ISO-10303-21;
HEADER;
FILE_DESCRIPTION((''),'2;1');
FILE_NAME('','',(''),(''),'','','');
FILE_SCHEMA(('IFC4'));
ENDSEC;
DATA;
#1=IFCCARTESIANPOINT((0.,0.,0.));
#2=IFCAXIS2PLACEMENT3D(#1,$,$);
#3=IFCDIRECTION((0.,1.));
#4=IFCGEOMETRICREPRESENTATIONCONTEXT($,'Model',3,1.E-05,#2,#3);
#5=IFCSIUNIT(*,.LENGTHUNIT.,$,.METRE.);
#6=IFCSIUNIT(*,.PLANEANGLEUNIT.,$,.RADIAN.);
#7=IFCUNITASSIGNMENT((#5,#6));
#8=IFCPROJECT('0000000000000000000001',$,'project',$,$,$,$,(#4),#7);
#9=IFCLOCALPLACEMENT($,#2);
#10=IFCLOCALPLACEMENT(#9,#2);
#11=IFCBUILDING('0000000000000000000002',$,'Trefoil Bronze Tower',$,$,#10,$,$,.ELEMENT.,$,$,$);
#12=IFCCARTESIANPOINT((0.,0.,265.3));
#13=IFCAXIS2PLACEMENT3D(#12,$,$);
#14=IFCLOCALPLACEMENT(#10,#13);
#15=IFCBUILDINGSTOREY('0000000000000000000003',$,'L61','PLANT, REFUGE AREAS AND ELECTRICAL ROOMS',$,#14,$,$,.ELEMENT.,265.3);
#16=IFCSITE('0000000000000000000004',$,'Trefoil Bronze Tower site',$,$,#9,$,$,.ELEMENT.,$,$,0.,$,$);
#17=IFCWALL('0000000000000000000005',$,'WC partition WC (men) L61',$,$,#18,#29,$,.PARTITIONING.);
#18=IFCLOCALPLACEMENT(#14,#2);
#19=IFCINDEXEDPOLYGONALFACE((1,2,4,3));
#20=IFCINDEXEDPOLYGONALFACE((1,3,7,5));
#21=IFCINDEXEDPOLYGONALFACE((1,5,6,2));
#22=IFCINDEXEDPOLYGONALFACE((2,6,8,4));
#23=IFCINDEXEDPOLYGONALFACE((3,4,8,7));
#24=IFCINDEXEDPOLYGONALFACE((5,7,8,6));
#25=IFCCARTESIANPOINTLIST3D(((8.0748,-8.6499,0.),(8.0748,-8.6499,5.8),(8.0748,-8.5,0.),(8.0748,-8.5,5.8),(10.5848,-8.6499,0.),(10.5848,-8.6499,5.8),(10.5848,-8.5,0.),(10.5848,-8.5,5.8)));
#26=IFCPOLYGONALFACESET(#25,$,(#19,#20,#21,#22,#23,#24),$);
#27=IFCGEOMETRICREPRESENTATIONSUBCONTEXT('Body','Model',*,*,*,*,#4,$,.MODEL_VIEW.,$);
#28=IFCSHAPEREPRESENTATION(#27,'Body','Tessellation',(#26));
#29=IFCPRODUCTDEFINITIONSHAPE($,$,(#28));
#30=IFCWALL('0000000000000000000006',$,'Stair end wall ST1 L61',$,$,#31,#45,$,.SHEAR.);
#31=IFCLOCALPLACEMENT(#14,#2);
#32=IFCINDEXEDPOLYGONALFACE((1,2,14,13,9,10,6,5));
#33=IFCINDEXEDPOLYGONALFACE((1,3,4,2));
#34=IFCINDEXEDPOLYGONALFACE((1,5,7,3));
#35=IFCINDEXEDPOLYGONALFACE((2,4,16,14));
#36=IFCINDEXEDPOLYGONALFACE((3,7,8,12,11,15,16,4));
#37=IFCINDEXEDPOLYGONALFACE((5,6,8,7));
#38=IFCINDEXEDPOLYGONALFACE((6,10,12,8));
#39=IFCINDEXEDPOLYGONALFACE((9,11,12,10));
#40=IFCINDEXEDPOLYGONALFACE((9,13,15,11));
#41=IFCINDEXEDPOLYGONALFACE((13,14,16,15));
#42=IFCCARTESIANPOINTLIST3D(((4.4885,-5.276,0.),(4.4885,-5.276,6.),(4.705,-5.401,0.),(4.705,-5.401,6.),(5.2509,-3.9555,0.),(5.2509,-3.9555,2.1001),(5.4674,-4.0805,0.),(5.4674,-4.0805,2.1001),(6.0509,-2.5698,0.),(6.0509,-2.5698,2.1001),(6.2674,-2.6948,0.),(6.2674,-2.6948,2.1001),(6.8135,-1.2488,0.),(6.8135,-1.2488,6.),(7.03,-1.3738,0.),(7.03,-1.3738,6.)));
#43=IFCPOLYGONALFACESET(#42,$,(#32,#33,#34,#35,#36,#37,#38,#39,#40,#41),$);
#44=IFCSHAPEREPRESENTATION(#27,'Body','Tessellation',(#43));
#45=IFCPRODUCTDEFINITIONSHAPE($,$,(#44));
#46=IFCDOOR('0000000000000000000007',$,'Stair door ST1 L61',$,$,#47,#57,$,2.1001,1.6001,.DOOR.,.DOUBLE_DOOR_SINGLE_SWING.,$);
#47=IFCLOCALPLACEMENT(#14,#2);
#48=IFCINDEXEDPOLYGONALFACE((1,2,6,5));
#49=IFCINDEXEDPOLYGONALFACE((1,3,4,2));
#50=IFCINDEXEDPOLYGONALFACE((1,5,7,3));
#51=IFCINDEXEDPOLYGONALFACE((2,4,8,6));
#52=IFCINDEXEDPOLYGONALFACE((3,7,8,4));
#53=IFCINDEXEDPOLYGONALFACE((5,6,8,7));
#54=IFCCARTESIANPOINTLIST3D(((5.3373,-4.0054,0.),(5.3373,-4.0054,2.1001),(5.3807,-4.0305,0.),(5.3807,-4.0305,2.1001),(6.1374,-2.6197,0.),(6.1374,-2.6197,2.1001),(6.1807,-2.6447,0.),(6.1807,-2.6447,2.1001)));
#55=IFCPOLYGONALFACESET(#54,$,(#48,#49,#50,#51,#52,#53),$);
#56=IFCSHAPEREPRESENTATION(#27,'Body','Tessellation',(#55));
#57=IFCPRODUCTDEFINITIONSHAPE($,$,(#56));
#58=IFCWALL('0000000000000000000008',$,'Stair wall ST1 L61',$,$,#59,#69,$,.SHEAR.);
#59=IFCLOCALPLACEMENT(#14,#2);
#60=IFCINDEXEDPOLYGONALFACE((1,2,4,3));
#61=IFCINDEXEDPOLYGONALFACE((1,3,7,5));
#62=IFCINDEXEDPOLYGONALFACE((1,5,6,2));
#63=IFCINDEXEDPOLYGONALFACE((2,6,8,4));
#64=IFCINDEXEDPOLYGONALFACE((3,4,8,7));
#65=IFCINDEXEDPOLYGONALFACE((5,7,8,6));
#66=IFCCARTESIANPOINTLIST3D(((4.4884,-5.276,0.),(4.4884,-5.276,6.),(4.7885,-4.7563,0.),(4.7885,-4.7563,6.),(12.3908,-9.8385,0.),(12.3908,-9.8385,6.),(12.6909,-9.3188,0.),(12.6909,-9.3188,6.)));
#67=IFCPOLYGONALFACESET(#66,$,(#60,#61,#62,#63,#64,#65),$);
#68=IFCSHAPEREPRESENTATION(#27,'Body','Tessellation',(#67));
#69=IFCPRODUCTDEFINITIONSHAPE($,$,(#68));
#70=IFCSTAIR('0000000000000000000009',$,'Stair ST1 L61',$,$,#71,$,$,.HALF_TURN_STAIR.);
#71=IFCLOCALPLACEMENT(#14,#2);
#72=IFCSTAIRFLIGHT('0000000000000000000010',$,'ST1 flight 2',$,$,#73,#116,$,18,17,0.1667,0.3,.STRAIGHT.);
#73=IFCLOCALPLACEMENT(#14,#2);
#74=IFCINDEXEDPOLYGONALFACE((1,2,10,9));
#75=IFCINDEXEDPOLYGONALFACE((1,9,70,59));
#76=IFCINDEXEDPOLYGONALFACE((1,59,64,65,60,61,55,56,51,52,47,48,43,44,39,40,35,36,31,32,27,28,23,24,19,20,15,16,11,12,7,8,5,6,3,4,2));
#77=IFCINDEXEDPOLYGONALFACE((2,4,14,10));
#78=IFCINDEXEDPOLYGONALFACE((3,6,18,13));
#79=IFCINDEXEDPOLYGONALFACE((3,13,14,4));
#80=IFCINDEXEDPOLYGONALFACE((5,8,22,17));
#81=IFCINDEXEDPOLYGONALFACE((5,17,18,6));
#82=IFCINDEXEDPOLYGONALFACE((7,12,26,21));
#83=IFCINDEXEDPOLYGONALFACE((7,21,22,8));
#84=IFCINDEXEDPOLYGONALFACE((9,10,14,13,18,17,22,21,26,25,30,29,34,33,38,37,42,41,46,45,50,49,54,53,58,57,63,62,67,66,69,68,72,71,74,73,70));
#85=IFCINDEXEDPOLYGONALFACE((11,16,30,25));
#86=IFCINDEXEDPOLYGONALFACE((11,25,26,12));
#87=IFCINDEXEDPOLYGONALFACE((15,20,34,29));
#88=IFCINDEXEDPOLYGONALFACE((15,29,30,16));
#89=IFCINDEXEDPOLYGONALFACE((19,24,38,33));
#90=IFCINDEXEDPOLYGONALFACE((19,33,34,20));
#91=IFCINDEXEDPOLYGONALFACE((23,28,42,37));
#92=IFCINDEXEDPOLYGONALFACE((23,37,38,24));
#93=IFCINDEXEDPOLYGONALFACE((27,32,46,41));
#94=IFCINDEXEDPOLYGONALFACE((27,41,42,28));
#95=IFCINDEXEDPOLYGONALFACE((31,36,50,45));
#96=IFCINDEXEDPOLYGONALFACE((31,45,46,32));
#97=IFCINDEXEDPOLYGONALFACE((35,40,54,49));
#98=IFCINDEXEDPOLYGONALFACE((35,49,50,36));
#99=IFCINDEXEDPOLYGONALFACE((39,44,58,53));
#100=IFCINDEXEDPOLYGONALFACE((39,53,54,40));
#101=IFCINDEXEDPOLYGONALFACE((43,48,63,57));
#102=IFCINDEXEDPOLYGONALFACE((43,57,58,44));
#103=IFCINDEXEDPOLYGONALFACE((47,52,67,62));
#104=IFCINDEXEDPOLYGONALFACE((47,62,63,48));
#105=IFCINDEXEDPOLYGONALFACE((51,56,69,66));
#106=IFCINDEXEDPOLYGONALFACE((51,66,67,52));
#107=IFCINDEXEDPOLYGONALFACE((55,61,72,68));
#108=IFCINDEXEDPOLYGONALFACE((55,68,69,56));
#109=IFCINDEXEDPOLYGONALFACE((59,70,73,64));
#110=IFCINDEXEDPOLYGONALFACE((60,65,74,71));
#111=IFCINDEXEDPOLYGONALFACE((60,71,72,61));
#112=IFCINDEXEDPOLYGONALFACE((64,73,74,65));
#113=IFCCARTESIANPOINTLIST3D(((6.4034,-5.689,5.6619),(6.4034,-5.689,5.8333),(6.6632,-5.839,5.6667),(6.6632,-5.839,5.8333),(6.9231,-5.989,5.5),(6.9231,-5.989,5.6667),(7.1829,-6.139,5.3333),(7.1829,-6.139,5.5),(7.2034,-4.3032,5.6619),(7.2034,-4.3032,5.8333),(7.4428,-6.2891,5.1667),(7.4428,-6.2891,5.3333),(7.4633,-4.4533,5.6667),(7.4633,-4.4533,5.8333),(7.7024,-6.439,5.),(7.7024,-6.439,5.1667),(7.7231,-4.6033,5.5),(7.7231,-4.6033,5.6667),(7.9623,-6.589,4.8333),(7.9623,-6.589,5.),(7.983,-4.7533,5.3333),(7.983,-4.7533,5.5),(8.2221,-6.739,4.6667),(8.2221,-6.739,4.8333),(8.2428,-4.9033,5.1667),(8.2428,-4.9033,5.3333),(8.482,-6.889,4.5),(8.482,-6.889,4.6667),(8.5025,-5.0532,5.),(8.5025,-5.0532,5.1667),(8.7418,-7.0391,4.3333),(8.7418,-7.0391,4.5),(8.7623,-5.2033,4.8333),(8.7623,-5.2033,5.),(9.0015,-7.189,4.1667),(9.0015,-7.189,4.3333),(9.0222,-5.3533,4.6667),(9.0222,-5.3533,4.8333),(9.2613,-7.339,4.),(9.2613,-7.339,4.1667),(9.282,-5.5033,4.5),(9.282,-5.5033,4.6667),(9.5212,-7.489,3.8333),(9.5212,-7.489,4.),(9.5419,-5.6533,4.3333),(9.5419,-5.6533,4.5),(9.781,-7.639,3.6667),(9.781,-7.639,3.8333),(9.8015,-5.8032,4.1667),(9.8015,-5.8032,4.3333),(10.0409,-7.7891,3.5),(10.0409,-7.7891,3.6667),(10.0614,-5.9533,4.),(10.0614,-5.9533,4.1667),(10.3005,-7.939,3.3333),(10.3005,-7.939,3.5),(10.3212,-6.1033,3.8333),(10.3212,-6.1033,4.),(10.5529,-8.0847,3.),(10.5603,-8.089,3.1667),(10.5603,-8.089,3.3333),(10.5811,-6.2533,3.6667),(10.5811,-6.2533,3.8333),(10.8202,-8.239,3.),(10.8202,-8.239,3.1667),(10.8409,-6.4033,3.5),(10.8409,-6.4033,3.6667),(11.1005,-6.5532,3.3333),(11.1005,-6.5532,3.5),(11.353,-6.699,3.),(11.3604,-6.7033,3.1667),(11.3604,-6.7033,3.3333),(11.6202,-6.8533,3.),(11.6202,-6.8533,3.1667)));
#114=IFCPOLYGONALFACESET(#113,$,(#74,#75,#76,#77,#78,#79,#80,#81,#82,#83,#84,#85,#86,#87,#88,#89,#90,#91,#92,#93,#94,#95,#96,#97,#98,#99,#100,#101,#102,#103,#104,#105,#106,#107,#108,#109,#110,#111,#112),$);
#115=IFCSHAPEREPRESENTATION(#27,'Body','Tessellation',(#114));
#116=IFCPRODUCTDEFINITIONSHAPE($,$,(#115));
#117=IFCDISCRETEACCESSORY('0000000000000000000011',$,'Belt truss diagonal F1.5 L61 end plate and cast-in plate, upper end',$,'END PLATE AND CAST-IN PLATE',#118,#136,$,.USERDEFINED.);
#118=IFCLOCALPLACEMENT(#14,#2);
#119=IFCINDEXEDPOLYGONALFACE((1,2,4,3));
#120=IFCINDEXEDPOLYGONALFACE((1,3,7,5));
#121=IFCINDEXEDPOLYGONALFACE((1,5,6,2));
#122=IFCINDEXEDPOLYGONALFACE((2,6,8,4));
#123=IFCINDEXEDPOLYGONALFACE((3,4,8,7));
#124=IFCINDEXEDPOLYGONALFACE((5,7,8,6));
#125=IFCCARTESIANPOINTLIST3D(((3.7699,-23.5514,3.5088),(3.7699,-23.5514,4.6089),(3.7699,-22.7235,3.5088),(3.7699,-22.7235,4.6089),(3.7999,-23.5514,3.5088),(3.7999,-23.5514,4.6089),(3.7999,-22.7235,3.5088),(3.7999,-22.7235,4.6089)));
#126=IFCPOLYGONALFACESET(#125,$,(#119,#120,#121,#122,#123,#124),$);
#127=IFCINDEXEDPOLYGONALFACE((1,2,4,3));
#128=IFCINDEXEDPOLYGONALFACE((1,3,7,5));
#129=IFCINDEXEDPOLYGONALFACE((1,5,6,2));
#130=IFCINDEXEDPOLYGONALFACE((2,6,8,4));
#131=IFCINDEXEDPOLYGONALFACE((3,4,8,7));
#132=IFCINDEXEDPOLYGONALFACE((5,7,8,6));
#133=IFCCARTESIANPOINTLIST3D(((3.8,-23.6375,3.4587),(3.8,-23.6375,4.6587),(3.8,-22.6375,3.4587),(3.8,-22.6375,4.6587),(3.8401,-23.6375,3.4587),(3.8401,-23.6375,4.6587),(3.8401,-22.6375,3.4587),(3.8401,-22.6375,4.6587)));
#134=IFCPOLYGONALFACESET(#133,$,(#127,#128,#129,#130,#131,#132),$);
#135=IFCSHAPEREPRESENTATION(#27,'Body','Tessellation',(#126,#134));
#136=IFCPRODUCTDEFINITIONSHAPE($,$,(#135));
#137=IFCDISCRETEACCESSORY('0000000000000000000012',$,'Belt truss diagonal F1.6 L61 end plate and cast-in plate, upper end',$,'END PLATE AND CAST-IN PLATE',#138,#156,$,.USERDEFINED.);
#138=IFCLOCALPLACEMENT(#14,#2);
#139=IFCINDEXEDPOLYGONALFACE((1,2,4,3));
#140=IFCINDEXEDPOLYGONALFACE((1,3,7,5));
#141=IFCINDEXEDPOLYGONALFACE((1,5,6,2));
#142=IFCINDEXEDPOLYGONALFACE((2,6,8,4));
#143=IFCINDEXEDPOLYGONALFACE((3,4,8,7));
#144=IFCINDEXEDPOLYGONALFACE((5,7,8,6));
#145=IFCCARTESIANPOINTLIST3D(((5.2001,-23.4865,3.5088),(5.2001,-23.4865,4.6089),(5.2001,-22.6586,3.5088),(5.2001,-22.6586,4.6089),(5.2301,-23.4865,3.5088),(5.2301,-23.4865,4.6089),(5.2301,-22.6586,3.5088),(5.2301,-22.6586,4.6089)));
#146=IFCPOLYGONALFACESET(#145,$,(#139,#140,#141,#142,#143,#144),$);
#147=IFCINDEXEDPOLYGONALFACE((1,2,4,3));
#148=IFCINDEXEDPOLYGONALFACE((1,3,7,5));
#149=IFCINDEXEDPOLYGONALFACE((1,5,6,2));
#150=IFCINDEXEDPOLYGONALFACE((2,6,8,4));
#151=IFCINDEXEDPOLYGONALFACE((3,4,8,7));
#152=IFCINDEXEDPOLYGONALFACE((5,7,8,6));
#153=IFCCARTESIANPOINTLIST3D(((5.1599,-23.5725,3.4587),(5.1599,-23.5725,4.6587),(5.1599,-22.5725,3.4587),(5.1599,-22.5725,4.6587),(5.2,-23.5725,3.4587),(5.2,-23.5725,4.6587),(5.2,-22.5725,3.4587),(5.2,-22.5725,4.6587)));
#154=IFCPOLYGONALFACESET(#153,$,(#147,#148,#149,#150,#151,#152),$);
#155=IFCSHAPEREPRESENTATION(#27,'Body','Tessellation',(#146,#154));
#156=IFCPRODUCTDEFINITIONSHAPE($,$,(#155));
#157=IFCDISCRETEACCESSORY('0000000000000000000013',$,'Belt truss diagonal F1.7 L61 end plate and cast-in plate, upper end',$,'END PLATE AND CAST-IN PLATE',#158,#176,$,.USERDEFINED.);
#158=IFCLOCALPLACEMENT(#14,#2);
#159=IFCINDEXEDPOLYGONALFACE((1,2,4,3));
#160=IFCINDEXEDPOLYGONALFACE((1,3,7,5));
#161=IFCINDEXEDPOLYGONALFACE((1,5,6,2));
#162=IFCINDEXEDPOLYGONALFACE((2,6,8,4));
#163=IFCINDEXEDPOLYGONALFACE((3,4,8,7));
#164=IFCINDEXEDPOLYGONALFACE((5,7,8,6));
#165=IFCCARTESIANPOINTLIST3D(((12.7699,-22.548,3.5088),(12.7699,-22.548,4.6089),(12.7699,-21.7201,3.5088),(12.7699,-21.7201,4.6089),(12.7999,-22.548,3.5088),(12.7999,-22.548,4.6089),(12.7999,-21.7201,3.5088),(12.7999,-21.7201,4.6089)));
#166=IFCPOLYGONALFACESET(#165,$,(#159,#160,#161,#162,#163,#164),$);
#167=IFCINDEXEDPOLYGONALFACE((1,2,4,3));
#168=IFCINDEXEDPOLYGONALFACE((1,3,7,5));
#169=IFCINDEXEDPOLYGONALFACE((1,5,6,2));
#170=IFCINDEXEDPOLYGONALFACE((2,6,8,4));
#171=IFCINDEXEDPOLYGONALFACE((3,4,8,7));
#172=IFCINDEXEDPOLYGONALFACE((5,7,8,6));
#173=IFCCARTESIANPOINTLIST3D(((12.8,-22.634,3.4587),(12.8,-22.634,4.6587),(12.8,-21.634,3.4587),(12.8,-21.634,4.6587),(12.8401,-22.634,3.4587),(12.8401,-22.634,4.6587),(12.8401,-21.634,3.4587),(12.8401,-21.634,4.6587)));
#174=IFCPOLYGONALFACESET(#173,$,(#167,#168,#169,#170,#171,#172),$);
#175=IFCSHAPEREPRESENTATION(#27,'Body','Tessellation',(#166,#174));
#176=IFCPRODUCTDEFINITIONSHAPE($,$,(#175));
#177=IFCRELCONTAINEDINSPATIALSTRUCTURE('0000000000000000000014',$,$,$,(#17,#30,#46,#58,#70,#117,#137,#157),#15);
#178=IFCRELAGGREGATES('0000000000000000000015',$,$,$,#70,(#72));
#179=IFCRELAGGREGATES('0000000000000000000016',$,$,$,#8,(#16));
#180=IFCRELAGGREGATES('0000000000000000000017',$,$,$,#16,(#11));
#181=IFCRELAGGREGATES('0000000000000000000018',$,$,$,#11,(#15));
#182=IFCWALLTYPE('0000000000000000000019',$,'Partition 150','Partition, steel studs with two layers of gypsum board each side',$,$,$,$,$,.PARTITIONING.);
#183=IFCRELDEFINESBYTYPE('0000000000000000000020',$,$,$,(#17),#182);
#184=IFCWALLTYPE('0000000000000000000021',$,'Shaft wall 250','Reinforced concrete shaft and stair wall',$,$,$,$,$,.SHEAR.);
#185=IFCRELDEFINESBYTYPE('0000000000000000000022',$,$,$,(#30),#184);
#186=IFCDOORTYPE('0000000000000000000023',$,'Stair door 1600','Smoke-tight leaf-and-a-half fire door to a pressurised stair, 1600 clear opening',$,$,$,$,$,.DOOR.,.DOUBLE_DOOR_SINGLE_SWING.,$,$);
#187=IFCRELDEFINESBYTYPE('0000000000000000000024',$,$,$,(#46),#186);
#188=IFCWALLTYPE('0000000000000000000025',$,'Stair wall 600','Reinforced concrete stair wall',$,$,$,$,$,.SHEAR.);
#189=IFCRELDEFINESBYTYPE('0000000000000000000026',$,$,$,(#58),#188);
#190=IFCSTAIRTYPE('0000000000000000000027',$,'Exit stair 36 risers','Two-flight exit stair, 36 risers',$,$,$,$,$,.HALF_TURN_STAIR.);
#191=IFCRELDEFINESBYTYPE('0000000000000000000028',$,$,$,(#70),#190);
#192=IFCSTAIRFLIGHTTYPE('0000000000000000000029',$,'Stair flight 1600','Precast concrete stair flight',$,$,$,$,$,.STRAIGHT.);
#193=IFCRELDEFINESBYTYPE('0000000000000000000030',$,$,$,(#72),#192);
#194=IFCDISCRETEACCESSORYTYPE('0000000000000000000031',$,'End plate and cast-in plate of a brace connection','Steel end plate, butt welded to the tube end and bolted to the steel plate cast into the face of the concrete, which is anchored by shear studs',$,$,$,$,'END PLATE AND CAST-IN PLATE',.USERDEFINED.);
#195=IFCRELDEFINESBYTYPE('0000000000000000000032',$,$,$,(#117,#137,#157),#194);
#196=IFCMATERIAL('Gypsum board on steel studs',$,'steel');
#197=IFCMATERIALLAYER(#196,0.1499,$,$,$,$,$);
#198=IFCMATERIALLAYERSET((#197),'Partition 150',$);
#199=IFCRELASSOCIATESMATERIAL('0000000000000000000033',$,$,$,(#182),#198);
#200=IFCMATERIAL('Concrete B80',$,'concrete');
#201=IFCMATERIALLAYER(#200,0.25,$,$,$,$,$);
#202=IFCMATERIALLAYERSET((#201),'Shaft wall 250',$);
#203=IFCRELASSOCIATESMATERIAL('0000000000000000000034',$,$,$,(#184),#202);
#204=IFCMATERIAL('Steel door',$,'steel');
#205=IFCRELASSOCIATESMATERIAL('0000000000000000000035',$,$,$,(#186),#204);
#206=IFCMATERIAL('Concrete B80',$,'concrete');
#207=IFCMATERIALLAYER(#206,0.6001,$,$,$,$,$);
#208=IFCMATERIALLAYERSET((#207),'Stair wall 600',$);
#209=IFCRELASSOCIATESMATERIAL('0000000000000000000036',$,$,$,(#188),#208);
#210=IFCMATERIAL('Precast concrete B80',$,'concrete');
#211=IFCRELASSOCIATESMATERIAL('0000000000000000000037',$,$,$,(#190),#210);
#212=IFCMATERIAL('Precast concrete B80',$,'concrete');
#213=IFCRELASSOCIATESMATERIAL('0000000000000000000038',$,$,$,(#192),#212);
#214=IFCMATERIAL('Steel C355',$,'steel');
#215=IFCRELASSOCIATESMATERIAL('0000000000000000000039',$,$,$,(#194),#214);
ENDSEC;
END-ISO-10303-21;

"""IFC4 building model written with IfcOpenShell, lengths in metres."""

from ifc_helpers import new_model, si_unit, direction, frame, frame_2d, origin, origin_2d, place, context, subcontext, project, spatial, polyline, rectangle, outline, extrude, material, layer, layer_set, type_object, element, fill, aggregate, save


model = new_model("IFC4")

# Units and contexts
model_context = context("Model", 3, precision=1e-05, world=origin(), true_north=direction((0.0, 1.0)))
body_context = subcontext(model_context, "Body", "Model", "MODEL_VIEW")
ifc_project = project(units=[si_unit("LENGTHUNIT", "METRE"), si_unit("PLANEANGLEUNIT", "RADIAN")], contexts=[model_context])

# Site, building, storey
site_placement = place(None, origin())
site = spatial("IfcSite", under=ifc_project, at=site_placement, Name="Trefoil Bronze Tower site", CompositionType="ELEMENT", RefElevation=0.0)
building_placement = place(site_placement, origin())
building = spatial("IfcBuilding", under=site, at=building_placement, Name="Trefoil Bronze Tower", CompositionType="ELEMENT")
storey_placement = place(building_placement, frame((0.0, 0.0, 265.3)))
storey = spatial("IfcBuildingStorey", under=building, at=storey_placement, Name="L61", Description="PLANT, REFUGE AREAS AND ELECTRICAL ROOMS", CompositionType="ELEMENT", Elevation=265.3)

# Shared definitions
ifc_material_1 = material(Name="Gypsum board on steel studs", Category="steel")
ifc_layer_1 = layer(ifc_material_1, 0.1499)
ifc_layer_set_1 = layer_set([ifc_layer_1], Name="Partition 150")
wall_type_1 = type_object("IfcWallType", Name="Partition 150", Description="Partition, steel studs with two layers of gypsum board each side", PredefinedType="PARTITIONING", material=ifc_layer_set_1)

# Wall
wall_1_placement = place(storey_placement, frame((8.075, -8.575, 0.0), z_axis=(0.0, 0.0, 1.0), x_axis=(1.0, 0.0, 0.0)))
element("IfcWall", 1, at=wall_1_placement, inside=storey, type_object=wall_type_1, Name="WC partition WC (men) L61", PredefinedType="PARTITIONING", context=body_context, shape_type="SweptSolid", body=[
    extrude(rectangle(XDim=2.51, YDim=0.1499, at=frame_2d((1.2549, 0.0))), origin(), (0.0, 0.0, 1.0), 5.8),
])

# Wall, opening, door
ifc_material_2 = material(Name="Concrete B80", Category="concrete")
ifc_layer_2 = layer(ifc_material_2, 0.25)
ifc_layer_set_2 = layer_set([ifc_layer_2], Name="Shaft wall 250")
wall_type_2 = type_object("IfcWallType", Name="Shaft wall 250", Description="Reinforced concrete shaft and stair wall", PredefinedType="SHEAR", material=ifc_layer_set_2)
wall_2_placement = place(storey_placement, frame((4.5967, -5.3386, 0.0), z_axis=(0.0, 0.0, 1.0), x_axis=(0.499985, 0.866034, 0.0)))
wall_2 = element("IfcWall", 2, at=wall_2_placement, inside=storey, type_object=wall_type_2, Name="Stair end wall ST1 L61", PredefinedType="SHEAR", context=body_context, shape_type="SweptSolid", body=[
    extrude(rectangle(XDim=4.6501, YDim=0.25, at=frame_2d((2.3252, 0.0))), origin(), (0.0, 0.0, 1.0), 6.0),
])
opening_1_placement = place(wall_2_placement, frame((1.5249, 0.0, 0.0)))
opening_1 = element("IfcOpeningElement", 3, at=opening_1_placement, cuts=wall_2, PredefinedType="OPENING", context=body_context, shape_type="SweptSolid", body=[
    extrude(rectangle(XDim=1.6001, YDim=2.1001, at=frame_2d((0.8, 1.05))), frame((0.0, 0.135, 0.0), z_axis=(0.0, -1.0, 0.0), x_axis=(1.0, 0.0, 0.0)), (0.0, 0.0, 1.0), 0.27),
])
ifc_material_3 = material(Name="Steel door", Category="steel")
door_type_1 = type_object("IfcDoorType", Name="Stair door 1600", Description="Smoke-tight leaf-and-a-half fire door to a pressurised stair, 1600 clear opening", OperationType="DOUBLE_DOOR_SINGLE_SWING", PredefinedType="DOOR", material=ifc_material_3)
door_1_placement = place(opening_1_placement, frame((1.6001, 0.0, 0.0), z_axis=(0.0, 0.0, 1.0), x_axis=(-1.0, 0.0, 0.0)))
door_1 = element("IfcDoor", 4, at=door_1_placement, inside=storey, type_object=door_type_1, Name="Stair door ST1 L61", OperationType="DOUBLE_DOOR_SINGLE_SWING", OverallHeight=2.1001, OverallWidth=1.6001, PredefinedType="DOOR", context=body_context, shape_type="SweptSolid", body=[
    extrude(rectangle(XDim=1.6001, YDim=2.1001, at=frame_2d((0.8, 1.05))), frame((0.0, 0.0249, 0.0), z_axis=(0.0, -1.0, 0.0), x_axis=(1.0, 0.0, 0.0)), (0.0, 0.0, 1.0), 0.05),
])
fill(opening_1, door_1)

# Wall
ifc_material_4 = material(Name="Concrete B80", Category="concrete")
ifc_layer_3 = layer(ifc_material_4, 0.6001)
ifc_layer_set_3 = layer_set([ifc_layer_3], Name="Stair wall 600")
wall_type_3 = type_object("IfcWallType", Name="Stair wall 600", Description="Reinforced concrete stair wall", PredefinedType="SHEAR", material=ifc_layer_set_3)
wall_3_placement = place(storey_placement, frame((4.6384, -5.0161, 0.0), z_axis=(0.0, 0.0, 1.0), x_axis=(0.866022, -0.500007, 0.0)))
element("IfcWall", 5, at=wall_3_placement, inside=storey, type_object=wall_type_3, Name="Stair wall ST1 L61", PredefinedType="SHEAR", context=body_context, shape_type="SweptSolid", body=[
    extrude(rectangle(XDim=9.125, YDim=0.6001, at=frame_2d((4.5625, 0.0))), origin(), (0.0, 0.0, 1.0), 6.0),
])

# Stair, stair flight
ifc_material_5 = material(Name="Precast concrete B80", Category="concrete")
stair_type = type_object("IfcStairType", Name="Exit stair 36 risers", Description="Two-flight exit stair, 36 risers", PredefinedType="HALF_TURN_STAIR", material=ifc_material_5)
stair_placement = place(storey_placement, origin())
stair = element("IfcStair", 6, at=stair_placement, inside=storey, type_object=stair_type, Name="Stair ST1 L61", PredefinedType="HALF_TURN_STAIR")
ifc_material_6 = material(Name="Precast concrete B80", Category="concrete")
stair_flight_type = type_object("IfcStairFlightType", Name="Stair flight 1600", Description="Precast concrete stair flight", PredefinedType="STRAIGHT", material=ifc_material_6)
stair_flight_placement = place(storey_placement, frame((11.2202, -7.5461, 3.0), z_axis=(0.0, 0.0, 1.0), x_axis=(-0.866025, 0.5, 0.0)))
stair_flight = element("IfcStairFlight", 7, at=stair_flight_placement, type_object=stair_flight_type, Name="ST1 flight 2", NumberOfRisers=18, NumberOfTreads=17, PredefinedType="STRAIGHT", RiserHeight=0.1667, TreadLength=0.3, context=body_context, shape_type="SweptSolid", body=[
    extrude(outline(polyline([(0.0, 0.0), (0.0, 0.1667), (0.3, 0.1667), (0.3, 0.3333), (0.6001, 0.3333), (0.6001, 0.5), (0.8999, 0.5), (0.8999, 0.6667), (1.2, 0.6667), (1.2, 0.8333), (1.5, 0.8333), (1.5, 1.0), (1.8, 1.0), (1.8, 1.1667), (2.1001, 1.1667), (2.1001, 1.3333), (2.3999, 1.3333), (2.3999, 1.5), (2.7, 1.5), (2.7, 1.6667), (3.0, 1.6667), (3.0, 1.8333), (3.3, 1.8333), (3.3, 2.0), (3.6001, 2.0), (3.6001, 2.1667), (3.8999, 2.1667), (3.8999, 2.3333), (4.2, 2.3333), (4.2, 2.5), (4.5, 2.5), (4.5, 2.6667), (4.8, 2.6667), (4.8, 2.8333), (5.1001, 2.8333), (5.1001, 3.0), (5.1001, 2.6619), (0.3086, 0.0), (0.0, 0.0)])), frame((0.0, 0.8, 0.0), z_axis=(0.0, -1.0, 0.0), x_axis=(1.0, 0.0, 0.0)), (0.0, 0.0, 1.0), 1.6001),
])
aggregate(stair, [stair_flight])

# Discrete accessories
ifc_material_7 = material(Name="Steel C355", Category="steel")
discrete_accessory_type = type_object("IfcDiscreteAccessoryType", Name="End plate and cast-in plate of a brace connection", Description="Steel end plate, butt welded to the tube end and bolted to the steel plate cast into the face of the concrete, which is anchored by shear studs", ElementType="END PLATE AND CAST-IN PLATE", PredefinedType="USERDEFINED", material=ifc_material_7)
for number, where, z_axis, x_axis, name in (
    (8, (3.8, -23.1375, 4.0588), (0.0, 0.0, 1.0), (-1.0, 0.0, 0.0), "Belt truss diagonal F1.5 L61 end plate and cast-in plate, upper end"),
    (9, (5.2, -23.0725, 4.0588), (0.0, 0.0, 1.0), (1.0, 0.0, 0.0), "Belt truss diagonal F1.6 L61 end plate and cast-in plate, upper end"),
    (10, (12.8, -22.134, 4.0588), (0.0, 0.0, 1.0), (-1.0, 0.0, 0.0), "Belt truss diagonal F1.7 L61 end plate and cast-in plate, upper end"),
):
    element("IfcDiscreteAccessory", number, at=place(storey_placement, frame(where, z_axis=z_axis, x_axis=x_axis)), inside=storey, type_object=discrete_accessory_type, Name=name, ObjectType="END PLATE AND CAST-IN PLATE", PredefinedType="USERDEFINED", context=body_context, shape_type="SweptSolid", body=[
        extrude(rectangle(XDim=0.03, YDim=0.8279, at=origin_2d()), frame((0.0151, 0.0, -0.55)), (0.0, 0.0, 1.0), 1.1001),
        extrude(rectangle(XDim=0.04, YDim=1.0, at=origin_2d()), frame((-0.02, 0.0, -0.6001)), (0.0, 0.0, 1.0), 1.2),
    ])

save(model, "model.ifc")
